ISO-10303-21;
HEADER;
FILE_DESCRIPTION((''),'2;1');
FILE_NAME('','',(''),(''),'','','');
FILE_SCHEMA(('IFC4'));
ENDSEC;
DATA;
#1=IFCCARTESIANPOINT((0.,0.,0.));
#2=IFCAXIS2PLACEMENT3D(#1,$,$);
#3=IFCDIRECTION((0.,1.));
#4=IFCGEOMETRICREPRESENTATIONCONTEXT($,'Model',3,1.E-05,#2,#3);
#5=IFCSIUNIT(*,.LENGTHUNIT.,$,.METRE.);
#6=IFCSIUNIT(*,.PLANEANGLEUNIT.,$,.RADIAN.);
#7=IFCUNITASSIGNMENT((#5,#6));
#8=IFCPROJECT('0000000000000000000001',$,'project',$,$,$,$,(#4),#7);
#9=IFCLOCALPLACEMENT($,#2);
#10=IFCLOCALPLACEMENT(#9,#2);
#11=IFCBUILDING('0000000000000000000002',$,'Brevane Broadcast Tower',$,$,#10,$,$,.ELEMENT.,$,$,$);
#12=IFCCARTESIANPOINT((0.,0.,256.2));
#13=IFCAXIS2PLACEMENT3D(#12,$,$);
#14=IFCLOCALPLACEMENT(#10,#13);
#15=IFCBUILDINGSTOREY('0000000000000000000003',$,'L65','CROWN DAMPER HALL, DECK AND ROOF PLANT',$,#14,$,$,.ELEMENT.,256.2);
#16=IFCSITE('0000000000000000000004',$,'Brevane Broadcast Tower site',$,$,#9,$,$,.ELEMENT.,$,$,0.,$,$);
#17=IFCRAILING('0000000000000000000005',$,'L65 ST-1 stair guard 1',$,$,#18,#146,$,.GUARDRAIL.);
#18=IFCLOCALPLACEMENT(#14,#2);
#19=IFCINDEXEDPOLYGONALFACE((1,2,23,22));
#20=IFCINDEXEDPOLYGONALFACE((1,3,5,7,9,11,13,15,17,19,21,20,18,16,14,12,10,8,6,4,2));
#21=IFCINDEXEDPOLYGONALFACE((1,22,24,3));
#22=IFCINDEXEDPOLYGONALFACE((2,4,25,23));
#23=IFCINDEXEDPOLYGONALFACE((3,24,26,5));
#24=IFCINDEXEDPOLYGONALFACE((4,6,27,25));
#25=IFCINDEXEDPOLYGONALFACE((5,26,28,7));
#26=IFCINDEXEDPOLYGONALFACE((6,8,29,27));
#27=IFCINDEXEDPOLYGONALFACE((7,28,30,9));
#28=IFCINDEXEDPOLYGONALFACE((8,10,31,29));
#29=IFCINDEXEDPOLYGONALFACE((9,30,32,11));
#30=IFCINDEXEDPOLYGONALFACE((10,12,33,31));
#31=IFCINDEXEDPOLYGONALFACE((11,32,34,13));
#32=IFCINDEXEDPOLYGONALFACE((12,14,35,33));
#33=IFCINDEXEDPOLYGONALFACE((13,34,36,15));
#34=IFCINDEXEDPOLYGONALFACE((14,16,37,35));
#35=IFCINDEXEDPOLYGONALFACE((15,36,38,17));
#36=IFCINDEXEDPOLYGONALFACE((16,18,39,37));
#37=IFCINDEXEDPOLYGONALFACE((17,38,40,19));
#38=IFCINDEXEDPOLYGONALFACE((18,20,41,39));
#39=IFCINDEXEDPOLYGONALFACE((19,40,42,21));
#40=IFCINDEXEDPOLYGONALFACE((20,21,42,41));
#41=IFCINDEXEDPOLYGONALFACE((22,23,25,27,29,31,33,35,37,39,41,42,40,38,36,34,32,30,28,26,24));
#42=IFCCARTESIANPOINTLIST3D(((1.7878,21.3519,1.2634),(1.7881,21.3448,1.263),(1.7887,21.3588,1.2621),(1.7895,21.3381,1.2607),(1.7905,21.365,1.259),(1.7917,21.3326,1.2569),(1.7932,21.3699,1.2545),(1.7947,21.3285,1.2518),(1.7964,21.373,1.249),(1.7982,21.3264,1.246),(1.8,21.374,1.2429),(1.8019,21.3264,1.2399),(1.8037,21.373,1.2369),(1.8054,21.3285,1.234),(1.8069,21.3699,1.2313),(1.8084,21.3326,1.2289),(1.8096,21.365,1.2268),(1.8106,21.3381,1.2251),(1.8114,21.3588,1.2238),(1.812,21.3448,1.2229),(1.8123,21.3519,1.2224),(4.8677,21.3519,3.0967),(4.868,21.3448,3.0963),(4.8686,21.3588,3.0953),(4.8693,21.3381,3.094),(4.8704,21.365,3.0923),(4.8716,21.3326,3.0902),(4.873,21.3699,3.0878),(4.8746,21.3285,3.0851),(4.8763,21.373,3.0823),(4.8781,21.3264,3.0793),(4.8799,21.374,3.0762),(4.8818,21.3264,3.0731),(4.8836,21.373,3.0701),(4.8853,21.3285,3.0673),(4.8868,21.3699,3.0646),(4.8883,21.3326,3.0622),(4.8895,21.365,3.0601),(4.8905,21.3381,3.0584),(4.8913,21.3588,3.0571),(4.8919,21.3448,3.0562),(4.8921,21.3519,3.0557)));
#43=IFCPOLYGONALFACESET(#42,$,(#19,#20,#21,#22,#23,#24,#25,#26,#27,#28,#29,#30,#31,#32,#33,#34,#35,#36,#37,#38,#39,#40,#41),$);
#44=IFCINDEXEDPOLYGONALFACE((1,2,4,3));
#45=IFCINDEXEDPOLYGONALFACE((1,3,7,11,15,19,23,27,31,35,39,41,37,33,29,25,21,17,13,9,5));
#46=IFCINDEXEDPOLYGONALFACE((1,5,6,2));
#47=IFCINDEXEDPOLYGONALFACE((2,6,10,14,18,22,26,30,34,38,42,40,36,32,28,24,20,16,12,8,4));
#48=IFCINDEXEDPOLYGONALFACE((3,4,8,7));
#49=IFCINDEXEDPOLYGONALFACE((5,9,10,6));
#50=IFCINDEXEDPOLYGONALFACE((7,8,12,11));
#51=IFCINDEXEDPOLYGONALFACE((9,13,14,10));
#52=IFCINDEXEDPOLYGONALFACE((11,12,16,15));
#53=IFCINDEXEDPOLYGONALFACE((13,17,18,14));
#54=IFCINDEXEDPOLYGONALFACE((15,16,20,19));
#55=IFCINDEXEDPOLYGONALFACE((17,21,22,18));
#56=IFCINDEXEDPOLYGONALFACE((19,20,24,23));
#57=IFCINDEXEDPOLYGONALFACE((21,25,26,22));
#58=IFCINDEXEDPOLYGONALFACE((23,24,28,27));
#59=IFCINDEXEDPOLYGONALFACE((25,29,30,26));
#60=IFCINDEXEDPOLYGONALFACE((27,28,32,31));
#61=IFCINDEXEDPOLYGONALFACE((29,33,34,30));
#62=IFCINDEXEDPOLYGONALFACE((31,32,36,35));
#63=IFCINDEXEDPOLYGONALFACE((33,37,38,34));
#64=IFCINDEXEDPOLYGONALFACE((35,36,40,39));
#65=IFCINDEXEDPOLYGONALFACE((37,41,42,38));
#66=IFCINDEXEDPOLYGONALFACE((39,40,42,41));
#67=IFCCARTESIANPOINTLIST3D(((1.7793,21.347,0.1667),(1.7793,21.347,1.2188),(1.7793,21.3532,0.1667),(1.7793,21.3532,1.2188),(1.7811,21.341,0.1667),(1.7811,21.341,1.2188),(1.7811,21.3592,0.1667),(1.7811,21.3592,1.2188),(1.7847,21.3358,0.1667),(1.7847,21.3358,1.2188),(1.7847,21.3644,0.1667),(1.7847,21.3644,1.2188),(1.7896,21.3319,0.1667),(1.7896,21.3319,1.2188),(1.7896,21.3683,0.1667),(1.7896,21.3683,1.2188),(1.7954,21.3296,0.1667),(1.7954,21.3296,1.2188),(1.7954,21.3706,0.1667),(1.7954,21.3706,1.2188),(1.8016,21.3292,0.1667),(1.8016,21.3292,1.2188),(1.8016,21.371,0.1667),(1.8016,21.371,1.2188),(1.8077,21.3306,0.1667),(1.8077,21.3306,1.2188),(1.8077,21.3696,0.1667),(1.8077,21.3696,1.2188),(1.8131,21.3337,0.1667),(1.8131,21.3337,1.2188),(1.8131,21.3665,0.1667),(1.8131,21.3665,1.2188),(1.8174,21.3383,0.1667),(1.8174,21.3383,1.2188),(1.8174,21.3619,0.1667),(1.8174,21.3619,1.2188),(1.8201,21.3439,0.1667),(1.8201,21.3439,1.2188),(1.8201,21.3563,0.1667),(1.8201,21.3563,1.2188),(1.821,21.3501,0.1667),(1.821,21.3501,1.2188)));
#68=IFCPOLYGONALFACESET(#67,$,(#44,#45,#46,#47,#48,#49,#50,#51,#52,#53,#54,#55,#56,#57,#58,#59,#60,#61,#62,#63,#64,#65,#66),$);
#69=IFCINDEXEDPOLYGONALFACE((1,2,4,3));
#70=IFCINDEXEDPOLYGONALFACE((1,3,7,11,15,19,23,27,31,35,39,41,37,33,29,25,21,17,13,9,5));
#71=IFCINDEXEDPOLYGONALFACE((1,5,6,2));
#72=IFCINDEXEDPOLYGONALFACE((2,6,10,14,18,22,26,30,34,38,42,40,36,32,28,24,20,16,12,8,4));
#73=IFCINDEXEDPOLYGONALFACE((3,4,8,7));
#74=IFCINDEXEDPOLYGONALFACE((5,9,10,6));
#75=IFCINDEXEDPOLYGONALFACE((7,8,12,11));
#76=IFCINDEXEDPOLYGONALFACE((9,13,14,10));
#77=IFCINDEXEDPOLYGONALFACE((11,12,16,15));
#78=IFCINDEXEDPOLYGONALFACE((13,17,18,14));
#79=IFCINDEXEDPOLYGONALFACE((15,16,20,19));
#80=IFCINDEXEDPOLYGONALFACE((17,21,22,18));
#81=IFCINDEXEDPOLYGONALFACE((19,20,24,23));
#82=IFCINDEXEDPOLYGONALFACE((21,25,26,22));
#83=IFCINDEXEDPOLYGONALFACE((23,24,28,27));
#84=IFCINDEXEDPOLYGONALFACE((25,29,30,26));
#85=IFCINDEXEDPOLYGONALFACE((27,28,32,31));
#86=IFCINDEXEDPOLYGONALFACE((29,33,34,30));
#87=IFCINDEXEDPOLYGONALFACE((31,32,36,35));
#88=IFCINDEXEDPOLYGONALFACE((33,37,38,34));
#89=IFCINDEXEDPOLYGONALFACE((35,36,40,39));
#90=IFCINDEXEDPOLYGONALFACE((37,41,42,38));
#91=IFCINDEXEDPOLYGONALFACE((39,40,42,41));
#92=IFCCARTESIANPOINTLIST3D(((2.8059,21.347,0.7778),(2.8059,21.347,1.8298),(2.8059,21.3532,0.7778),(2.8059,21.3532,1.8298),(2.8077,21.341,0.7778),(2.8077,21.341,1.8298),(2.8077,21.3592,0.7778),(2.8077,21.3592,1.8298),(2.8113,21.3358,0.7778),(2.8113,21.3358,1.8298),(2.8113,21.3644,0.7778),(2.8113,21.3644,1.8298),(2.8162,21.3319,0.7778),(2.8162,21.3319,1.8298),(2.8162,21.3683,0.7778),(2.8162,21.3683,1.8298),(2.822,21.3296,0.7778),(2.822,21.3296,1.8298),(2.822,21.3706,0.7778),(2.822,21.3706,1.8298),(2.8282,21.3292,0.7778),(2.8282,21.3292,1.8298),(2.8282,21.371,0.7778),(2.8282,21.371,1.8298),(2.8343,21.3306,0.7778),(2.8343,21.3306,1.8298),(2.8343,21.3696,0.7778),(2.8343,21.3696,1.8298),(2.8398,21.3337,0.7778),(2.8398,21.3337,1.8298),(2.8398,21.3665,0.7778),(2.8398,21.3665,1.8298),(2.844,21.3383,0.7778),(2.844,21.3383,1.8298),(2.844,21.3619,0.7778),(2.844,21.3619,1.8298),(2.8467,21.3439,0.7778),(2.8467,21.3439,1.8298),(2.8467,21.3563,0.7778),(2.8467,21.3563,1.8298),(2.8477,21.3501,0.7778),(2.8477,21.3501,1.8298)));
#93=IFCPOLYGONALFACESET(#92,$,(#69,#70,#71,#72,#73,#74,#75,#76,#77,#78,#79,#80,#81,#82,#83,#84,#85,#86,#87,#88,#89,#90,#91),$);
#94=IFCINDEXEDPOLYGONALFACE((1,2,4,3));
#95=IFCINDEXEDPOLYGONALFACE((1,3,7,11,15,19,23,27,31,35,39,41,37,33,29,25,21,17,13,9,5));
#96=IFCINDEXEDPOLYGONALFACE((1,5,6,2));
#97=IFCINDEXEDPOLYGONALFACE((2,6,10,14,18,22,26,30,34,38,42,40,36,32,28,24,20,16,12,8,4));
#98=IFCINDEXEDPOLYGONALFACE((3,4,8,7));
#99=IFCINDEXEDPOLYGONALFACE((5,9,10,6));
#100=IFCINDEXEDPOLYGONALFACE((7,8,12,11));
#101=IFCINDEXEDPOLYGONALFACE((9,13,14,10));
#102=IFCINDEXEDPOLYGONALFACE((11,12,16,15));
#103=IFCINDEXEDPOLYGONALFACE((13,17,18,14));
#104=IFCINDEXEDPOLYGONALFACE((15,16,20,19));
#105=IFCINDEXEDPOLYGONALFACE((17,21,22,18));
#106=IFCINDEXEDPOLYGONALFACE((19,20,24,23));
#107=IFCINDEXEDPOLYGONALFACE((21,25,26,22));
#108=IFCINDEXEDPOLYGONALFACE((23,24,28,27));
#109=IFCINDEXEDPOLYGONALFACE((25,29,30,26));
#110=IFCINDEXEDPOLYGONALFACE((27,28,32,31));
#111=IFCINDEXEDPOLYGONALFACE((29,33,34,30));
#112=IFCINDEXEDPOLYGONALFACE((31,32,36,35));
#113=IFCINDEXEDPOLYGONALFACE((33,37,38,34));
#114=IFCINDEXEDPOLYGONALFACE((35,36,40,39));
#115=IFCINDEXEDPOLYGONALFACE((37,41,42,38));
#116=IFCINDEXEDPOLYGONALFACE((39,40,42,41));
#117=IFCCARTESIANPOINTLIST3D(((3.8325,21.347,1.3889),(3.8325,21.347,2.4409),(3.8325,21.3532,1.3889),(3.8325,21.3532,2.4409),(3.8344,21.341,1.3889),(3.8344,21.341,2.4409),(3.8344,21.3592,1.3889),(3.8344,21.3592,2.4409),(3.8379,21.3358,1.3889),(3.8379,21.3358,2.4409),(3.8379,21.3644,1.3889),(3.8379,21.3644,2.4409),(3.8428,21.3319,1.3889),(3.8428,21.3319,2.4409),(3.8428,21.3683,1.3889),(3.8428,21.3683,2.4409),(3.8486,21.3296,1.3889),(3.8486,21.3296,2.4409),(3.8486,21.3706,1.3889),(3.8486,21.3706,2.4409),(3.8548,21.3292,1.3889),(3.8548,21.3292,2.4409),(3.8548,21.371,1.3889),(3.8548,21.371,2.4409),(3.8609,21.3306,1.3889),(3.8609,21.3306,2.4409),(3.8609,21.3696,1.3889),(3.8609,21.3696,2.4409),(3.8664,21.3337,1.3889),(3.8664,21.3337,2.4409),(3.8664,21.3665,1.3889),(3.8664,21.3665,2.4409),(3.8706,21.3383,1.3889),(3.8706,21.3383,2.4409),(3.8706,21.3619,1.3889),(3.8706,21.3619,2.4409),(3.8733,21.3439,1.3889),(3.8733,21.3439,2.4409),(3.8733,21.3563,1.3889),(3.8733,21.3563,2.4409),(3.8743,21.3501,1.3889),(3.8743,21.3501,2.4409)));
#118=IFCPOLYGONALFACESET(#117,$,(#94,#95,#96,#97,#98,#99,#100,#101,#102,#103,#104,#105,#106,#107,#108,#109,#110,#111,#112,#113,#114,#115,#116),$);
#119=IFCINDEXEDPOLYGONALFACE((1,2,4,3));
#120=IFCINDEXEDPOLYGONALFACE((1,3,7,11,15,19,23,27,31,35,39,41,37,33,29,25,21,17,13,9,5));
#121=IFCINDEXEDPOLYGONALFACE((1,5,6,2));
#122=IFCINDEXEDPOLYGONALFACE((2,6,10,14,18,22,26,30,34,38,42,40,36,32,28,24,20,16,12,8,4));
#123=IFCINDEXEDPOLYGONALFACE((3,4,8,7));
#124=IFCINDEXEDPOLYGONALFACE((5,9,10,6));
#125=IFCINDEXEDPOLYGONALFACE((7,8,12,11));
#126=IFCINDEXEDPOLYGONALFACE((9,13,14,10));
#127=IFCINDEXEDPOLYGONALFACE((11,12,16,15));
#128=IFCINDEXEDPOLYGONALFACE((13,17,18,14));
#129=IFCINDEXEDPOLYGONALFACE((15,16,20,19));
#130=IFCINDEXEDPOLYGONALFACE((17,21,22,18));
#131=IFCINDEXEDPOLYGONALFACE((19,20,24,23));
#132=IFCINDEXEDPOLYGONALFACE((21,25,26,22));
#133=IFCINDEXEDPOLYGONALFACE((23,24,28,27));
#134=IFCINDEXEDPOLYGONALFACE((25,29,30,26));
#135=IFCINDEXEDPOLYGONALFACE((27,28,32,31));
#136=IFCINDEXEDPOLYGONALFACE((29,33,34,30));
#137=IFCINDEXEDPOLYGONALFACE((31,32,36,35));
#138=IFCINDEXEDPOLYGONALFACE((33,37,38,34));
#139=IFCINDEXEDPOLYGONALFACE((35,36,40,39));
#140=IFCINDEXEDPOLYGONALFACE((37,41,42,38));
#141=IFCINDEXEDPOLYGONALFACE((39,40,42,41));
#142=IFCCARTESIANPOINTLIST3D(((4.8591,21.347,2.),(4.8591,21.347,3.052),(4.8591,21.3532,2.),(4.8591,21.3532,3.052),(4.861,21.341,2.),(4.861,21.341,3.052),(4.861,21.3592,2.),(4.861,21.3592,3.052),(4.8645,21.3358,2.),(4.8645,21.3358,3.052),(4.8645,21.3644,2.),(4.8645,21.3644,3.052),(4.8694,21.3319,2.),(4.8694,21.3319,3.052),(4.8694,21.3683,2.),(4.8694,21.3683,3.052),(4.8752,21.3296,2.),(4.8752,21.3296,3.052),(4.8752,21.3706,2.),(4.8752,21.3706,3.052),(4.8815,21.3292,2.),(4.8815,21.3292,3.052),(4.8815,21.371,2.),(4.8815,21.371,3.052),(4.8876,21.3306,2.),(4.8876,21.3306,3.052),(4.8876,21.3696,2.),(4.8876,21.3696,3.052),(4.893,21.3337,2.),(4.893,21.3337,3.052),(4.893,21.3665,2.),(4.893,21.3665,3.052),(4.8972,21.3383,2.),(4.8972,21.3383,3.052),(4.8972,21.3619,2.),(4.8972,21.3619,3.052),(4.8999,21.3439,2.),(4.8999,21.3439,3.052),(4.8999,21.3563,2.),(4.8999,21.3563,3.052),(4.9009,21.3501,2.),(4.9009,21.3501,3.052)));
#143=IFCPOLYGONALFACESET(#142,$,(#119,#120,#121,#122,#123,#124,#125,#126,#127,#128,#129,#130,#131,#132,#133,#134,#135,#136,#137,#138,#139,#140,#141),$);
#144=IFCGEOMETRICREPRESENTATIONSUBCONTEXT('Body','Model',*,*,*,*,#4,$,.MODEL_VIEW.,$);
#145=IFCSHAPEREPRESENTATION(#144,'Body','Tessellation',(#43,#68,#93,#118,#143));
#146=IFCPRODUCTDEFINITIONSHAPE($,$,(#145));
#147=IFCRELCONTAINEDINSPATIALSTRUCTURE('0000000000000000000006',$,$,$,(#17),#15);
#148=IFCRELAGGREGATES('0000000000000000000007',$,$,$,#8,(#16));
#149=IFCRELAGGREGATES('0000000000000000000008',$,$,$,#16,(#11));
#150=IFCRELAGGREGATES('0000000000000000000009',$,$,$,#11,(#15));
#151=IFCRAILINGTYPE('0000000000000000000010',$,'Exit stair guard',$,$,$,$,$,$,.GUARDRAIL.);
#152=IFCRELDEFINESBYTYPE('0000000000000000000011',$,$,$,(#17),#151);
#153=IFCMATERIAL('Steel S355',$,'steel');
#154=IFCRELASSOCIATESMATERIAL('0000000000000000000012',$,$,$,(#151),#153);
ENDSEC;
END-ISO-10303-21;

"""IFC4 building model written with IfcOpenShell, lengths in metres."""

from ifc_helpers import new_model, si_unit, direction, frame, origin, origin_2d, place, context, subcontext, project, spatial, circle, extrude, material, type_object, element, save


model = new_model("IFC4")

# Units and contexts
model_context = context("Model", 3, precision=1e-05, world=origin(), true_north=direction((0.0, 1.0)))
body_context = subcontext(model_context, "Body", "Model", "MODEL_VIEW")
ifc_project = project(units=[si_unit("LENGTHUNIT", "METRE"), si_unit("PLANEANGLEUNIT", "RADIAN")], contexts=[model_context])

# Site, building, storey
site_placement = place(None, origin())
site = spatial("IfcSite", under=ifc_project, at=site_placement, Name="Brevane Broadcast Tower site", CompositionType="ELEMENT", RefElevation=0.0)
building_placement = place(site_placement, origin())
building = spatial("IfcBuilding", under=site, at=building_placement, Name="Brevane Broadcast Tower", CompositionType="ELEMENT")
storey_placement = place(building_placement, frame((0.0, 0.0, 256.2)))
storey = spatial("IfcBuildingStorey", under=building, at=storey_placement, Name="L65", Description="CROWN DAMPER HALL, DECK AND ROOF PLANT", CompositionType="ELEMENT", Elevation=256.2)

# Railing
ifc_material_1 = material(Name="Steel S355", Category="steel")
railing_type_1 = type_object("IfcRailingType", Name="Exit stair guard", PredefinedType="GUARDRAIL", material=ifc_material_1)
railing_1_placement = place(storey_placement, frame((1.8, 21.3501, 0.1667)))
element("IfcRailing", 1, at=railing_1_placement, inside=storey, type_object=railing_type_1, Name="L65 ST-1 stair guard 1", PredefinedType="GUARDRAIL", context=body_context, shape_type="SweptSolid", body=[
    extrude(circle(Radius=0.0239, at=origin_2d()), frame((0.0, 0.0, 1.0762), z_axis=(0.859291, 0.0, 0.511487), x_axis=(0.0, 1.0, 0.0)), (0.0, 0.0, 1.0), 3.5842),
    extrude(circle(Radius=0.021, at=origin_2d()), origin(), (0.0, 0.0, 1.0), 1.052),
    extrude(circle(Radius=0.021, at=origin_2d()), frame((1.0266, 0.0, 0.6111)), (0.0, 0.0, 1.0), 1.052),
    extrude(circle(Radius=0.021, at=origin_2d()), frame((2.0532, 0.0, 1.2222)), (0.0, 0.0, 1.0), 1.052),
    extrude(circle(Radius=0.021, at=origin_2d()), frame((3.0798, 0.0, 1.8333)), (0.0, 0.0, 1.0), 1.052),
])

save(model, "model.ifc")
